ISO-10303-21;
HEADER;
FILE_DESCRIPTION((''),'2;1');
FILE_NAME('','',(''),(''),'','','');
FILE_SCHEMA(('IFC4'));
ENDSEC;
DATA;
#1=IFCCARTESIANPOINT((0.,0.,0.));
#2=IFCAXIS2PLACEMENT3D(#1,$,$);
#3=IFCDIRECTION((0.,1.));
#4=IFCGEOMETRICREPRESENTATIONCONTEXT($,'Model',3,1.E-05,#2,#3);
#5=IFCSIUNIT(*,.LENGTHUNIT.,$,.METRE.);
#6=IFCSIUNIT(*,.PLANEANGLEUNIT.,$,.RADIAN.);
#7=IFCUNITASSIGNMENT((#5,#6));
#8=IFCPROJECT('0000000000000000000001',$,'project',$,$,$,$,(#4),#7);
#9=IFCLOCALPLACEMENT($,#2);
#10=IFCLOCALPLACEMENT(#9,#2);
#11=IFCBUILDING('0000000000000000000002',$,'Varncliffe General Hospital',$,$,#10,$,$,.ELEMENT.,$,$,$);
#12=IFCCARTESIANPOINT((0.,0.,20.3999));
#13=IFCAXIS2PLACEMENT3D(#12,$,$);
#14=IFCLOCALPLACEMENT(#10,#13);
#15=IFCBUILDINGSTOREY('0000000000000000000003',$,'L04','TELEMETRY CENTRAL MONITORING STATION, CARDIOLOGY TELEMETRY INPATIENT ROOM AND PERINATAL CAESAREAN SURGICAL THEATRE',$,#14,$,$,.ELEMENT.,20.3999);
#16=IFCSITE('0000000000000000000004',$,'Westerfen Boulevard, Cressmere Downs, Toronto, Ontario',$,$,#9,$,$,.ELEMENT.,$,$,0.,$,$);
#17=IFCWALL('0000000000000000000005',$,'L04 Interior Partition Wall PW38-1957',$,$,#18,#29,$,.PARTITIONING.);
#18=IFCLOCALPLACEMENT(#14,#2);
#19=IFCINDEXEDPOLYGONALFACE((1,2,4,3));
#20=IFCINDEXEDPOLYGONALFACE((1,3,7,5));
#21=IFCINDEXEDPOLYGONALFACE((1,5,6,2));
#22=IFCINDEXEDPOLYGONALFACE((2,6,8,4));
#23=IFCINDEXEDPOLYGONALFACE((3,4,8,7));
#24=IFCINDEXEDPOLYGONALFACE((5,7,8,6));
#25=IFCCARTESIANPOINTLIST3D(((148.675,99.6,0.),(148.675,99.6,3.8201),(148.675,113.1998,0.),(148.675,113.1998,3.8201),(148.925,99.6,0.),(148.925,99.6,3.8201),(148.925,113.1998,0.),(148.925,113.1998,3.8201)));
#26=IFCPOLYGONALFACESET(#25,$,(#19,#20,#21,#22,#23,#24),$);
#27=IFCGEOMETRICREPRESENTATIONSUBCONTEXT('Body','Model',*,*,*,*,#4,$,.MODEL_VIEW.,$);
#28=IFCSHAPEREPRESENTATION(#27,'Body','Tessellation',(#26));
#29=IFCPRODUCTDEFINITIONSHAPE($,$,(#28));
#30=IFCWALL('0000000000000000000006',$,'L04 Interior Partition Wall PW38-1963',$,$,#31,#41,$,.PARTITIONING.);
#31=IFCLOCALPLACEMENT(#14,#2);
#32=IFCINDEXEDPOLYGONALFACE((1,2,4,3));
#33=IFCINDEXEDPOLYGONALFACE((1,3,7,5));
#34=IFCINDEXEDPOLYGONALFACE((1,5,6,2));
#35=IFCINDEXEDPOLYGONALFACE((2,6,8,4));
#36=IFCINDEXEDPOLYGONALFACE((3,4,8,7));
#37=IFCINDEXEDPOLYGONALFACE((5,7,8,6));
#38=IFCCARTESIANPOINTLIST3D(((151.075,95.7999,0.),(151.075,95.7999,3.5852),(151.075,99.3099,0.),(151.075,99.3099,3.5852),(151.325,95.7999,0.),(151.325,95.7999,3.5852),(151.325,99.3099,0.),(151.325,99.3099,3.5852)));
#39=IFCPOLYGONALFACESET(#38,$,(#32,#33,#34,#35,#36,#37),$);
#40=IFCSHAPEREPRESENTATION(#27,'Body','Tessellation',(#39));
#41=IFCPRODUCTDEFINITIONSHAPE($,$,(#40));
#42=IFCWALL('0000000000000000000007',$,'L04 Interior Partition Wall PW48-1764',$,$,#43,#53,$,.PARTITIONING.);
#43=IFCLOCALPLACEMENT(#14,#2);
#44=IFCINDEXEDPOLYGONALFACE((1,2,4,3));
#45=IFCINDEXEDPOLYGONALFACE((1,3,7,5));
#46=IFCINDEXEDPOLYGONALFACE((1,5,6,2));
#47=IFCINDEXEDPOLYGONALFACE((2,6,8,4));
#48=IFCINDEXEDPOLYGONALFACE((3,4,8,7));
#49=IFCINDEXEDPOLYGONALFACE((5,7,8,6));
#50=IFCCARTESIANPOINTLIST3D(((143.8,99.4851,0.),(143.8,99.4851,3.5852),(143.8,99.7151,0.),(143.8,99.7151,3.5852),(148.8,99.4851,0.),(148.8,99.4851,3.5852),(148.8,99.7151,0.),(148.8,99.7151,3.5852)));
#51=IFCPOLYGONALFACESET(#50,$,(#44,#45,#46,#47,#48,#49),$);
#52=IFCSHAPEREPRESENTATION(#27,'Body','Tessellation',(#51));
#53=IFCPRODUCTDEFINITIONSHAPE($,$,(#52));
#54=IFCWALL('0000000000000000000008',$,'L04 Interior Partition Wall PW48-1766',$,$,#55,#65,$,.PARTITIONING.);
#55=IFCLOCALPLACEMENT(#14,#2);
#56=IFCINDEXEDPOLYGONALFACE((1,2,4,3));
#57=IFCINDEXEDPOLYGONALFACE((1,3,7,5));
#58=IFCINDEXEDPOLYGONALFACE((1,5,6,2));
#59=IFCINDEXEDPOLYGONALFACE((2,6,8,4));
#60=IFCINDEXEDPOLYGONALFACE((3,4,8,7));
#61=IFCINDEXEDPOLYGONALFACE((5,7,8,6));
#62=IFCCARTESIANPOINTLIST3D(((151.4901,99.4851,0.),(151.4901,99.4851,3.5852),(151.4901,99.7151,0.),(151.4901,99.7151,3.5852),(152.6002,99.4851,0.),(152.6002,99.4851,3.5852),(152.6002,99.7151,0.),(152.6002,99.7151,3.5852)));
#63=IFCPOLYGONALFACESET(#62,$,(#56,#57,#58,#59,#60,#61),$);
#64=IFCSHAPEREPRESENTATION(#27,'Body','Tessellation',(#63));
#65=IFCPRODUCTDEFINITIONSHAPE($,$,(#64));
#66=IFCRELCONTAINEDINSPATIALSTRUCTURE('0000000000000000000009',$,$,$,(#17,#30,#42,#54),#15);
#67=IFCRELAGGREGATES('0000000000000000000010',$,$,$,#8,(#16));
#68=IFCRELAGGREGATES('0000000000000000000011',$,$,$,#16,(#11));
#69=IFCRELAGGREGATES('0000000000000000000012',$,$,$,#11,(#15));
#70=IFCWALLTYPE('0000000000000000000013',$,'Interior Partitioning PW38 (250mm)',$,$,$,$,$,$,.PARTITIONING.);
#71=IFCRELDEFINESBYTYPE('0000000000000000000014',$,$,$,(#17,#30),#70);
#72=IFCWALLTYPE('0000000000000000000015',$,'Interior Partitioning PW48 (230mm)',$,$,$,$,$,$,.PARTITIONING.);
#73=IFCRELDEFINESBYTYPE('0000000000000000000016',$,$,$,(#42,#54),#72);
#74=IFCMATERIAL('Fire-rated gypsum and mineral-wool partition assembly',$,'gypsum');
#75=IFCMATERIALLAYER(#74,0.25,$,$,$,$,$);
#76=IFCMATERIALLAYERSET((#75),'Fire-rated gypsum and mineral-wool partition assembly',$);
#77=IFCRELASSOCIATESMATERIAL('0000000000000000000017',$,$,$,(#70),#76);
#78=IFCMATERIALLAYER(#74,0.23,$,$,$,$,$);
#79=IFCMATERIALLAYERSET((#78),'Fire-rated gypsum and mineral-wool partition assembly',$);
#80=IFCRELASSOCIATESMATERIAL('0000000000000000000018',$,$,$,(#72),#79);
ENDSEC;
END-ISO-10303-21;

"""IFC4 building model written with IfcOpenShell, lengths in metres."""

from ifc_helpers import new_model, si_unit, direction, frame, frame_2d, origin, place, context, subcontext, project, spatial, rectangle, extrude, material, layer, layer_set, type_object, element, save


model = new_model("IFC4")

# Units and contexts
model_context = context("Model", 3, precision=1e-05, world=origin(), true_north=direction((0.0, 1.0)))
body_context = subcontext(model_context, "Body", "Model", "MODEL_VIEW")
ifc_project = project(units=[si_unit("LENGTHUNIT", "METRE"), si_unit("PLANEANGLEUNIT", "RADIAN")], contexts=[model_context])

# Site, building, storey
site_placement = place(None, origin())
site = spatial("IfcSite", under=ifc_project, at=site_placement, Name="Westerfen Boulevard, Cressmere Downs, Toronto, Ontario", CompositionType="ELEMENT", RefElevation=0.0)
building_placement = place(site_placement, origin())
building = spatial("IfcBuilding", under=site, at=building_placement, Name="Varncliffe General Hospital", CompositionType="ELEMENT")
storey_placement = place(building_placement, frame((0.0, 0.0, 20.3999)))
storey = spatial("IfcBuildingStorey", under=building, at=storey_placement, Name="L04", Description="TELEMETRY CENTRAL MONITORING STATION, CARDIOLOGY TELEMETRY INPATIENT ROOM AND PERINATAL CAESAREAN SURGICAL THEATRE", CompositionType="ELEMENT", Elevation=20.3999)

# Walls
ifc_material_1 = material(Name="Fire-rated gypsum and mineral-wool partition assembly", Category="gypsum")
ifc_layer_1 = layer(ifc_material_1, 0.25)
ifc_layer_set_1 = layer_set([ifc_layer_1], Name="Fire-rated gypsum and mineral-wool partition assembly")
wall_type_1 = type_object("IfcWallType", Name="Interior Partitioning PW38 (250mm)", PredefinedType="PARTITIONING", material=ifc_layer_set_1)
for number, where, z_axis, x_axis, name in (
    (1, (148.8, 99.6001, 0.0), (0.0, 0.0, 1.0), (0.0, 1.0, 0.0), "L04 Interior Partition Wall PW38-1957"),
):
    element("IfcWall", number, at=place(storey_placement, frame(where, z_axis=z_axis, x_axis=x_axis)), inside=storey, type_object=wall_type_1, Name=name, PredefinedType="PARTITIONING", context=body_context, shape_type="SweptSolid", body=[
        extrude(rectangle(XDim=13.5999, YDim=0.25, at=frame_2d((6.7998, 0.0))), origin(), (0.0, 0.0, 1.0), 3.8201),
    ])
wall_1_placement = place(storey_placement, frame((151.2, 95.8, 0.0), z_axis=(0.0, 0.0, 1.0), x_axis=(0.0, 1.0, 0.0)))
element("IfcWall", 2, at=wall_1_placement, inside=storey, type_object=wall_type_1, Name="L04 Interior Partition Wall PW38-1963", PredefinedType="PARTITIONING", context=body_context, shape_type="SweptSolid", body=[
    extrude(rectangle(XDim=3.51, YDim=0.25, at=frame_2d((1.7549, 0.0))), origin(), (0.0, 0.0, 1.0), 3.5852),
])
ifc_layer_2 = layer(ifc_material_1, 0.23)
ifc_layer_set_2 = layer_set([ifc_layer_2], Name="Fire-rated gypsum and mineral-wool partition assembly")
wall_type_2 = type_object("IfcWallType", Name="Interior Partitioning PW48 (230mm)", PredefinedType="PARTITIONING", material=ifc_layer_set_2)
wall_2_placement = place(storey_placement, frame((143.8, 99.6001, 0.0), z_axis=(0.0, 0.0, 1.0), x_axis=(1.0, 0.0, 0.0)))
element("IfcWall", 3, at=wall_2_placement, inside=storey, type_object=wall_type_2, Name="L04 Interior Partition Wall PW48-1764", PredefinedType="PARTITIONING", context=body_context, shape_type="SweptSolid", body=[
    extrude(rectangle(XDim=5.0, YDim=0.23, at=frame_2d((2.5, 0.0))), origin(), (0.0, 0.0, 1.0), 3.5852),
])
wall_3_placement = place(storey_placement, frame((151.49, 99.6001, 0.0), z_axis=(0.0, 0.0, 1.0), x_axis=(1.0, 0.0, 0.0)))
element("IfcWall", 4, at=wall_3_placement, inside=storey, type_object=wall_type_2, Name="L04 Interior Partition Wall PW48-1766", PredefinedType="PARTITIONING", context=body_context, shape_type="SweptSolid", body=[
    extrude(rectangle(XDim=1.1101, YDim=0.23, at=frame_2d((0.5552, 0.0))), origin(), (0.0, 0.0, 1.0), 3.5852),
])

save(model, "model.ifc")
